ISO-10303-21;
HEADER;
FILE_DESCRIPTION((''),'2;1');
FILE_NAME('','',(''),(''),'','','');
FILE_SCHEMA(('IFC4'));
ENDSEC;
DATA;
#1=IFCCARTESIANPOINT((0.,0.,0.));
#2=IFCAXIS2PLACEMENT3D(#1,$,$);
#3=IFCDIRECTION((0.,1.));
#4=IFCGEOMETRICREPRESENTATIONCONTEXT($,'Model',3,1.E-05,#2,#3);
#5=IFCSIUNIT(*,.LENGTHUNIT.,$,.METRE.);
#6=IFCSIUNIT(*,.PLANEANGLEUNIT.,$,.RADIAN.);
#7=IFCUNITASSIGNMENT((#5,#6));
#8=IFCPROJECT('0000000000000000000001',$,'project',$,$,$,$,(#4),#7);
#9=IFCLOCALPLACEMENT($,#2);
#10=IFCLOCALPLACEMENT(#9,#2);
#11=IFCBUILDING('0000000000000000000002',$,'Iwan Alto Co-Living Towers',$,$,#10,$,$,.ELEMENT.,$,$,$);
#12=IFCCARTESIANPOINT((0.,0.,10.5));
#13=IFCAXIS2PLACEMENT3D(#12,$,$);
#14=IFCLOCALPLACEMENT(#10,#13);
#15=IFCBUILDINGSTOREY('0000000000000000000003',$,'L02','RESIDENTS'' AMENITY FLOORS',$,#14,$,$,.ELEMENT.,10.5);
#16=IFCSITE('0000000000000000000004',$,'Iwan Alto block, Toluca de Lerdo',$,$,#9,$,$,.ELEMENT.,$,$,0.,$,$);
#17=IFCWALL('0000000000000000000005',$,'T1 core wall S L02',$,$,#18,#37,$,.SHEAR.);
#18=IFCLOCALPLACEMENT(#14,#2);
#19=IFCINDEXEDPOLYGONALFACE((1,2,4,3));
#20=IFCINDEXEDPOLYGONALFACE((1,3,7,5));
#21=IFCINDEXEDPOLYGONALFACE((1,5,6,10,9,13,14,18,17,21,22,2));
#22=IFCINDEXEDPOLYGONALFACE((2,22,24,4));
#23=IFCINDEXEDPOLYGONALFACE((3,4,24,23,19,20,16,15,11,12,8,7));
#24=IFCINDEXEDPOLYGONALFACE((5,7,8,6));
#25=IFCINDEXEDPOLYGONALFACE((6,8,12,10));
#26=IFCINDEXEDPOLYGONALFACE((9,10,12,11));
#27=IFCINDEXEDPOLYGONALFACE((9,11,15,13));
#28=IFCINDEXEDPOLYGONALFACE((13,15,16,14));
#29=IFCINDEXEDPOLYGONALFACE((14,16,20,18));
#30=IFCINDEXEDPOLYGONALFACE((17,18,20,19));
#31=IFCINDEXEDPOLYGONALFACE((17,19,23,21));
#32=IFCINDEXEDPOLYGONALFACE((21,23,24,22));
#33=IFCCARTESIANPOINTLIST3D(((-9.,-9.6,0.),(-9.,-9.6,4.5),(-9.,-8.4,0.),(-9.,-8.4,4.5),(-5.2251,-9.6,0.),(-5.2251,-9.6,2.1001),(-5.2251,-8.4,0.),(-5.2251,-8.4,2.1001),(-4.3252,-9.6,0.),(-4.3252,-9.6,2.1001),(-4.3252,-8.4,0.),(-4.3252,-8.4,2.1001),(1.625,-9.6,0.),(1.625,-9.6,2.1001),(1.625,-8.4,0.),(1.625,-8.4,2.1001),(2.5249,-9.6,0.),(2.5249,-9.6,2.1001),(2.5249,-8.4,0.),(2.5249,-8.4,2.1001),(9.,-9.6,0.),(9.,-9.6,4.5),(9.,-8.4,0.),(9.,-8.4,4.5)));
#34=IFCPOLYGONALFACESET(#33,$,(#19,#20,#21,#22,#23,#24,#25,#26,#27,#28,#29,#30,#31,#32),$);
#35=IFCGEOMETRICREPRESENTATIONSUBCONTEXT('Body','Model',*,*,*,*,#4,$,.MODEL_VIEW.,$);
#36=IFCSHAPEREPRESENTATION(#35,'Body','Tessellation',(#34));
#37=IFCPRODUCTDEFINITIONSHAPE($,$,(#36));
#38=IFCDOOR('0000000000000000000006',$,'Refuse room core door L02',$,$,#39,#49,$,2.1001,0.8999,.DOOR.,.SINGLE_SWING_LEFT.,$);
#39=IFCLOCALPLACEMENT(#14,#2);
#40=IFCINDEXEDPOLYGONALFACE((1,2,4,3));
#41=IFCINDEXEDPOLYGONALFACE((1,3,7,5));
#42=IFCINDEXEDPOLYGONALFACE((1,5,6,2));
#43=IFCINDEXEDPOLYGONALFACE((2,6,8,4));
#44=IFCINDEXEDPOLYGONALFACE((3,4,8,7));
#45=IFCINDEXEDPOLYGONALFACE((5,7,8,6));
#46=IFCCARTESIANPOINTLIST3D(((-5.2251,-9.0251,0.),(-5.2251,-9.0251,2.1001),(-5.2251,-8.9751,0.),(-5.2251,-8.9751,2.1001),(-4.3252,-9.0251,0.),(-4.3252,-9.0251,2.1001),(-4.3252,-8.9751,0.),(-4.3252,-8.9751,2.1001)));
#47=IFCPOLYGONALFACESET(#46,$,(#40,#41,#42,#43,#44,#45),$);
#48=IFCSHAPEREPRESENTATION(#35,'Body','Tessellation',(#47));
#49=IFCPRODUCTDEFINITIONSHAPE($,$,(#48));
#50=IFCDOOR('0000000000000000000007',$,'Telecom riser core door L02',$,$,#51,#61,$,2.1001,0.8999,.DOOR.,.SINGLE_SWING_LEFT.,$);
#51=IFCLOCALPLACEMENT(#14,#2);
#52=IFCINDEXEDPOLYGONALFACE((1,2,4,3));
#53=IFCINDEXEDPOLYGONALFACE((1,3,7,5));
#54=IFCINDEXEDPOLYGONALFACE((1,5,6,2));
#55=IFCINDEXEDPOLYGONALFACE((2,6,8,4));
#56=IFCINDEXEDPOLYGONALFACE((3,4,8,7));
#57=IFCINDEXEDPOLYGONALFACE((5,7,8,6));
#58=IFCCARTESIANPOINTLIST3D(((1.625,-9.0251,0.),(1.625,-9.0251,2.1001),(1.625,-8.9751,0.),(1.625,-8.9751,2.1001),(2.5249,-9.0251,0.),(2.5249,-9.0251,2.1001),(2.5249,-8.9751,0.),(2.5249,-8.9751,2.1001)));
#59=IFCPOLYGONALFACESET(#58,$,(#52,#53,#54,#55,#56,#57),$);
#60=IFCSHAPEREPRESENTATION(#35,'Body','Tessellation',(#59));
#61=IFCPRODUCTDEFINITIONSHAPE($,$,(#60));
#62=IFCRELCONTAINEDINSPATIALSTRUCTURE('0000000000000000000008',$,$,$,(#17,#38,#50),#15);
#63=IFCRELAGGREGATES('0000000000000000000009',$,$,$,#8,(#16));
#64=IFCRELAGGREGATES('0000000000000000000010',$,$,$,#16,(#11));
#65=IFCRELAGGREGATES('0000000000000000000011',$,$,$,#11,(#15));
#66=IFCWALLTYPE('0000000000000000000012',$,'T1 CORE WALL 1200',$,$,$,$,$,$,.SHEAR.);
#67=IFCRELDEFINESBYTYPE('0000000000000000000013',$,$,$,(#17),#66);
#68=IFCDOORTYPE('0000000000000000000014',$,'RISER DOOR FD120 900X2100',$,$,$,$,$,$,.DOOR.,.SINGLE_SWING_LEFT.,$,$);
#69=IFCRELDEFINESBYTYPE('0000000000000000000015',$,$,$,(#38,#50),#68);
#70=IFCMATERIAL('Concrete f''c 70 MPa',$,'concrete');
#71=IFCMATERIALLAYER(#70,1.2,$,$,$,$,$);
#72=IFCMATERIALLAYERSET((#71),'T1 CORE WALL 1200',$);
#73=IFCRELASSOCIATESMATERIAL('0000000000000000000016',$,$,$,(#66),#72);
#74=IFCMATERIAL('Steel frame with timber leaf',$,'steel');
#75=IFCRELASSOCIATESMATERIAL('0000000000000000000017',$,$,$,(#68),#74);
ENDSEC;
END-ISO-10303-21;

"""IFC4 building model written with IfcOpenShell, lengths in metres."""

from ifc_helpers import new_model, si_unit, direction, frame, frame_2d, origin, place, context, subcontext, project, spatial, rectangle, extrude, material, layer, layer_set, type_object, element, fill, save


model = new_model("IFC4")

# Units and contexts
model_context = context("Model", 3, precision=1e-05, world=origin(), true_north=direction((0.0, 1.0)))
body_context = subcontext(model_context, "Body", "Model", "MODEL_VIEW")
ifc_project = project(units=[si_unit("LENGTHUNIT", "METRE"), si_unit("PLANEANGLEUNIT", "RADIAN")], contexts=[model_context])

# Site, building, storey
site_placement = place(None, origin())
site = spatial("IfcSite", under=ifc_project, at=site_placement, Name="Iwan Alto block, Toluca de Lerdo", CompositionType="ELEMENT", RefElevation=0.0)
building_placement = place(site_placement, origin())
building = spatial("IfcBuilding", under=site, at=building_placement, Name="Iwan Alto Co-Living Towers", CompositionType="ELEMENT")
storey_placement = place(building_placement, frame((0.0, 0.0, 10.5)))
storey = spatial("IfcBuildingStorey", under=building, at=storey_placement, Name="L02", Description="RESIDENTS' AMENITY FLOORS", CompositionType="ELEMENT", Elevation=10.5)

# Wall, openings, doors
ifc_material_1 = material(Name="Concrete f'c 70 MPa", Category="concrete")
ifc_layer_1 = layer(ifc_material_1, 1.2)
ifc_layer_set_1 = layer_set([ifc_layer_1], Name="T1 CORE WALL 1200")
wall_type_1 = type_object("IfcWallType", Name="T1 CORE WALL 1200", PredefinedType="SHEAR", material=ifc_layer_set_1)
wall_1_placement = place(storey_placement, frame((-9.0, -9.0, 0.0), z_axis=(0.0, 0.0, 1.0), x_axis=(1.0, 0.0, 0.0)))
wall_1 = element("IfcWall", 1, at=wall_1_placement, inside=storey, type_object=wall_type_1, Name="T1 core wall S L02", PredefinedType="SHEAR", context=body_context, shape_type="SweptSolid", body=[
    extrude(rectangle(XDim=18.0, YDim=1.2, at=frame_2d((9.0, 0.0))), origin(), (0.0, 0.0, 1.0), 4.5),
])
opening_1_placement = place(wall_1_placement, frame((3.7749, 0.0, 0.0)))
opening_1 = element("IfcOpeningElement", 2, at=opening_1_placement, cuts=wall_1, PredefinedType="OPENING", context=body_context, shape_type="SweptSolid", body=[
    extrude(rectangle(XDim=0.8999, YDim=2.1001, at=frame_2d((0.45, 1.05))), frame((0.0, 0.6099, 0.0), z_axis=(0.0, -1.0, 0.0), x_axis=(1.0, 0.0, 0.0)), (0.0, 0.0, 1.0), 1.22),
])
opening_2_placement = place(wall_1_placement, frame((10.625, 0.0, 0.0)))
opening_2 = element("IfcOpeningElement", 3, at=opening_2_placement, cuts=wall_1, PredefinedType="OPENING", context=body_context, shape_type="SweptSolid", body=[
    extrude(rectangle(XDim=0.8999, YDim=2.1001, at=frame_2d((0.45, 1.05))), frame((0.0, 0.6099, 0.0), z_axis=(0.0, -1.0, 0.0), x_axis=(1.0, 0.0, 0.0)), (0.0, 0.0, 1.0), 1.22),
])
ifc_material_2 = material(Name="Steel frame with timber leaf", Category="steel")
door_type_1 = type_object("IfcDoorType", Name="RISER DOOR FD120 900X2100", OperationType="SINGLE_SWING_LEFT", PredefinedType="DOOR", material=ifc_material_2)
door_1_placement = place(opening_1_placement, origin())
door_1 = element("IfcDoor", 4, at=door_1_placement, inside=storey, type_object=door_type_1, Name="Refuse room core door L02", OperationType="SINGLE_SWING_LEFT", OverallHeight=2.1001, OverallWidth=0.8999, PredefinedType="DOOR", context=body_context, shape_type="SweptSolid", body=[
    extrude(rectangle(XDim=0.8999, YDim=2.1001, at=frame_2d((0.45, 1.05))), frame((0.0, 0.0249, 0.0), z_axis=(0.0, -1.0, 0.0), x_axis=(1.0, 0.0, 0.0)), (0.0, 0.0, 1.0), 0.05),
])
fill(opening_1, door_1)
door_2_placement = place(opening_2_placement, origin())
door_2 = element("IfcDoor", 5, at=door_2_placement, inside=storey, type_object=door_type_1, Name="Telecom riser core door L02", OperationType="SINGLE_SWING_LEFT", OverallHeight=2.1001, OverallWidth=0.8999, PredefinedType="DOOR", context=body_context, shape_type="SweptSolid", body=[
    extrude(rectangle(XDim=0.8999, YDim=2.1001, at=frame_2d((0.45, 1.05))), frame((0.0, 0.0249, 0.0), z_axis=(0.0, -1.0, 0.0), x_axis=(1.0, 0.0, 0.0)), (0.0, 0.0, 1.0), 0.05),
])
fill(opening_2, door_2)

save(model, "model.ifc")
